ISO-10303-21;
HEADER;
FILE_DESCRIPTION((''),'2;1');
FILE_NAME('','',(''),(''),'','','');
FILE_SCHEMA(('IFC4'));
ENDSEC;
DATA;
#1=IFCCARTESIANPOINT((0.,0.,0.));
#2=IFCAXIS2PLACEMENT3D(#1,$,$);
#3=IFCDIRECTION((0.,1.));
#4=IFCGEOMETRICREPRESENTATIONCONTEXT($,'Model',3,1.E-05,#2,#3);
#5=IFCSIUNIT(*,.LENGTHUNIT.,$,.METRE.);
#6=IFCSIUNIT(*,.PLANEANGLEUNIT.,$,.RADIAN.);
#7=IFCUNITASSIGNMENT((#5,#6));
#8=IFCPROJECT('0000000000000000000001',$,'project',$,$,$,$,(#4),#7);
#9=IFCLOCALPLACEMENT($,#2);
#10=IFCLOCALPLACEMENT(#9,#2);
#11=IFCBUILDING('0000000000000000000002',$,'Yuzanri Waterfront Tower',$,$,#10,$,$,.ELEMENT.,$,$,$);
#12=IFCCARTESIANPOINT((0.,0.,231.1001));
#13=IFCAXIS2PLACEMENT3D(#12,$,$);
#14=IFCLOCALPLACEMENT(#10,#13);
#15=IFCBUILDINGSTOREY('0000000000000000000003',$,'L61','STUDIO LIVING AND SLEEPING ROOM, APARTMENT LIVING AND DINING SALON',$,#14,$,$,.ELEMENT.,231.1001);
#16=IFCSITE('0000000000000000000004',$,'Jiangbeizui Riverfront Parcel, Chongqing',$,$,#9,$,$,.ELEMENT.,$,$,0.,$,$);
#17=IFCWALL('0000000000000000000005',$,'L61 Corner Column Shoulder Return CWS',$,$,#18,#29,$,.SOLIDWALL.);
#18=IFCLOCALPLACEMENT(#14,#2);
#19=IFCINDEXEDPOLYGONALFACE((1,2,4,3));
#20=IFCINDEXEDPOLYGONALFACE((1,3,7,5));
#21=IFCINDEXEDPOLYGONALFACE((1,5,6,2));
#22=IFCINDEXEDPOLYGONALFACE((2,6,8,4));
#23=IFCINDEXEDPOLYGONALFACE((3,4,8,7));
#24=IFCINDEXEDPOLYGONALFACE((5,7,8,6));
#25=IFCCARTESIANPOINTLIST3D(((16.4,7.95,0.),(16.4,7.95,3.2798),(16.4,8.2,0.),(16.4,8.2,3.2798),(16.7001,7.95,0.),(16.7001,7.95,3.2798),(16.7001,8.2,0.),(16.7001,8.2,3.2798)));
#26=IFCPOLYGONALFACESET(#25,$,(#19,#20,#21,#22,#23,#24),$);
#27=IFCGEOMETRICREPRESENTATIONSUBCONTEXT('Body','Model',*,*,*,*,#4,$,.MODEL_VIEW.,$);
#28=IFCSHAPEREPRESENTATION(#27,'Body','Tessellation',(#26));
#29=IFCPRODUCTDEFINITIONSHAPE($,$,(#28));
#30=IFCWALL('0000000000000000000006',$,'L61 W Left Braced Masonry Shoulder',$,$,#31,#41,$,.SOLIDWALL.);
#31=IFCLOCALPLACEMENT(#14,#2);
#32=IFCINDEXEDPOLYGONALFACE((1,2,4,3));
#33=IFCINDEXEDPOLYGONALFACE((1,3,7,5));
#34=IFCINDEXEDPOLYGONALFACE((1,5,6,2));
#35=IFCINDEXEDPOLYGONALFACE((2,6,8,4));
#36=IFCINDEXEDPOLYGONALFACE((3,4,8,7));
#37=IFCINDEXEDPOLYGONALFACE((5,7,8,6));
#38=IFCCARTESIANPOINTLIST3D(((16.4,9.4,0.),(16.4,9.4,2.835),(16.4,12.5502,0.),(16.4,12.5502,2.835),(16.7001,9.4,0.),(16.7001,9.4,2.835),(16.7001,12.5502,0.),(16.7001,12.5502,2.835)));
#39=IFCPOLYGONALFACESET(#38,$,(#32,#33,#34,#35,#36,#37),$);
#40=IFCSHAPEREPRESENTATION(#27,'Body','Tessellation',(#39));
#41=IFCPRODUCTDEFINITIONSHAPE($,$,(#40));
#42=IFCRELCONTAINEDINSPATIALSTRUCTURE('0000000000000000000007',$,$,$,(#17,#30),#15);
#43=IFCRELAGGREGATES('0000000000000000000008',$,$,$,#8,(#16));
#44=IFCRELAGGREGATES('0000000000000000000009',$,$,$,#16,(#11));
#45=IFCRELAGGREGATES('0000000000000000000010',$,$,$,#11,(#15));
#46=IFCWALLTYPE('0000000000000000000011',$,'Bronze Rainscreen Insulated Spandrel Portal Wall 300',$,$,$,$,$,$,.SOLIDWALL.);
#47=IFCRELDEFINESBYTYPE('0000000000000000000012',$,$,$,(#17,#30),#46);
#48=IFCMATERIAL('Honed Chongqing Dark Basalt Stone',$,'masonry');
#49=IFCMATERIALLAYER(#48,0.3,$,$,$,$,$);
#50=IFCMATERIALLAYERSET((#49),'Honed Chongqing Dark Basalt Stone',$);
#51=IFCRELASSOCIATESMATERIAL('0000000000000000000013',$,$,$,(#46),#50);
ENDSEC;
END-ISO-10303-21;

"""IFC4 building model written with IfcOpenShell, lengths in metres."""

from ifc_helpers import new_model, si_unit, direction, frame, frame_2d, origin, place, context, subcontext, project, spatial, rectangle, extrude, source, transform, mapped, material, layer, layer_set, type_object, element, save


model = new_model("IFC4")

# Units and contexts
model_context = context("Model", 3, precision=1e-05, world=origin(), true_north=direction((0.0, 1.0)))
body_context = subcontext(model_context, "Body", "Model", "MODEL_VIEW")
ifc_project = project(units=[si_unit("LENGTHUNIT", "METRE"), si_unit("PLANEANGLEUNIT", "RADIAN")], contexts=[model_context])

# Site, building, storey
site_placement = place(None, origin())
site = spatial("IfcSite", under=ifc_project, at=site_placement, Name="Jiangbeizui Riverfront Parcel, Chongqing", CompositionType="ELEMENT", RefElevation=0.0)
building_placement = place(site_placement, origin())
building = spatial("IfcBuilding", under=site, at=building_placement, Name="Yuzanri Waterfront Tower", CompositionType="ELEMENT")
storey_placement = place(building_placement, frame((0.0, 0.0, 231.1001)))
storey = spatial("IfcBuildingStorey", under=building, at=storey_placement, Name="L61", Description="STUDIO LIVING AND SLEEPING ROOM, APARTMENT LIVING AND DINING SALON", CompositionType="ELEMENT", Elevation=231.1001)

# Walls
ifc_material_1 = material(Name="Honed Chongqing Dark Basalt Stone", Category="masonry")
ifc_layer_1 = layer(ifc_material_1, 0.3)
ifc_layer_set_1 = layer_set([ifc_layer_1], Name="Honed Chongqing Dark Basalt Stone")
wall_type_1 = type_object("IfcWallType", Name="Bronze Rainscreen Insulated Spandrel Portal Wall 300", PredefinedType="SOLIDWALL", material=ifc_layer_set_1)
shared_shape_1 = source(origin(), body_context, "Body", "SweptSolid", [
    extrude(rectangle(XDim=0.25, YDim=0.3, at=frame_2d((0.125, 0.0))), origin(), (0.0, 0.0, 1.0), 3.2798),
])
wall_1_placement = place(storey_placement, frame((16.55, 7.95, 0.0), z_axis=(0.0, 0.0, 1.0), x_axis=(0.0, 1.0, 0.0)))
element("IfcWall", 1, at=wall_1_placement, inside=storey, type_object=wall_type_1, Name="L61 Corner Column Shoulder Return CWS", PredefinedType="SOLIDWALL", context=body_context, shape_type="MappedRepresentation", body=[
    mapped(shared_shape_1, transform((0.0, 0.0, 0.0), scale=1.0)),
])
shared_shape_2 = source(origin(), body_context, "Body", "SweptSolid", [
    extrude(rectangle(XDim=3.1501, YDim=0.3, at=frame_2d((1.5752, 0.0))), origin(), (0.0, 0.0, 1.0), 2.835),
])
wall_2_placement = place(storey_placement, frame((16.55, 9.3999, 0.0), z_axis=(0.0, 0.0, 1.0), x_axis=(0.0, 1.0, 0.0)))
element("IfcWall", 2, at=wall_2_placement, inside=storey, type_object=wall_type_1, Name="L61 W Left Braced Masonry Shoulder", PredefinedType="SOLIDWALL", context=body_context, shape_type="MappedRepresentation", body=[
    mapped(shared_shape_2, transform((0.0, 0.0, 0.0), scale=1.0)),
])

save(model, "model.ifc")
